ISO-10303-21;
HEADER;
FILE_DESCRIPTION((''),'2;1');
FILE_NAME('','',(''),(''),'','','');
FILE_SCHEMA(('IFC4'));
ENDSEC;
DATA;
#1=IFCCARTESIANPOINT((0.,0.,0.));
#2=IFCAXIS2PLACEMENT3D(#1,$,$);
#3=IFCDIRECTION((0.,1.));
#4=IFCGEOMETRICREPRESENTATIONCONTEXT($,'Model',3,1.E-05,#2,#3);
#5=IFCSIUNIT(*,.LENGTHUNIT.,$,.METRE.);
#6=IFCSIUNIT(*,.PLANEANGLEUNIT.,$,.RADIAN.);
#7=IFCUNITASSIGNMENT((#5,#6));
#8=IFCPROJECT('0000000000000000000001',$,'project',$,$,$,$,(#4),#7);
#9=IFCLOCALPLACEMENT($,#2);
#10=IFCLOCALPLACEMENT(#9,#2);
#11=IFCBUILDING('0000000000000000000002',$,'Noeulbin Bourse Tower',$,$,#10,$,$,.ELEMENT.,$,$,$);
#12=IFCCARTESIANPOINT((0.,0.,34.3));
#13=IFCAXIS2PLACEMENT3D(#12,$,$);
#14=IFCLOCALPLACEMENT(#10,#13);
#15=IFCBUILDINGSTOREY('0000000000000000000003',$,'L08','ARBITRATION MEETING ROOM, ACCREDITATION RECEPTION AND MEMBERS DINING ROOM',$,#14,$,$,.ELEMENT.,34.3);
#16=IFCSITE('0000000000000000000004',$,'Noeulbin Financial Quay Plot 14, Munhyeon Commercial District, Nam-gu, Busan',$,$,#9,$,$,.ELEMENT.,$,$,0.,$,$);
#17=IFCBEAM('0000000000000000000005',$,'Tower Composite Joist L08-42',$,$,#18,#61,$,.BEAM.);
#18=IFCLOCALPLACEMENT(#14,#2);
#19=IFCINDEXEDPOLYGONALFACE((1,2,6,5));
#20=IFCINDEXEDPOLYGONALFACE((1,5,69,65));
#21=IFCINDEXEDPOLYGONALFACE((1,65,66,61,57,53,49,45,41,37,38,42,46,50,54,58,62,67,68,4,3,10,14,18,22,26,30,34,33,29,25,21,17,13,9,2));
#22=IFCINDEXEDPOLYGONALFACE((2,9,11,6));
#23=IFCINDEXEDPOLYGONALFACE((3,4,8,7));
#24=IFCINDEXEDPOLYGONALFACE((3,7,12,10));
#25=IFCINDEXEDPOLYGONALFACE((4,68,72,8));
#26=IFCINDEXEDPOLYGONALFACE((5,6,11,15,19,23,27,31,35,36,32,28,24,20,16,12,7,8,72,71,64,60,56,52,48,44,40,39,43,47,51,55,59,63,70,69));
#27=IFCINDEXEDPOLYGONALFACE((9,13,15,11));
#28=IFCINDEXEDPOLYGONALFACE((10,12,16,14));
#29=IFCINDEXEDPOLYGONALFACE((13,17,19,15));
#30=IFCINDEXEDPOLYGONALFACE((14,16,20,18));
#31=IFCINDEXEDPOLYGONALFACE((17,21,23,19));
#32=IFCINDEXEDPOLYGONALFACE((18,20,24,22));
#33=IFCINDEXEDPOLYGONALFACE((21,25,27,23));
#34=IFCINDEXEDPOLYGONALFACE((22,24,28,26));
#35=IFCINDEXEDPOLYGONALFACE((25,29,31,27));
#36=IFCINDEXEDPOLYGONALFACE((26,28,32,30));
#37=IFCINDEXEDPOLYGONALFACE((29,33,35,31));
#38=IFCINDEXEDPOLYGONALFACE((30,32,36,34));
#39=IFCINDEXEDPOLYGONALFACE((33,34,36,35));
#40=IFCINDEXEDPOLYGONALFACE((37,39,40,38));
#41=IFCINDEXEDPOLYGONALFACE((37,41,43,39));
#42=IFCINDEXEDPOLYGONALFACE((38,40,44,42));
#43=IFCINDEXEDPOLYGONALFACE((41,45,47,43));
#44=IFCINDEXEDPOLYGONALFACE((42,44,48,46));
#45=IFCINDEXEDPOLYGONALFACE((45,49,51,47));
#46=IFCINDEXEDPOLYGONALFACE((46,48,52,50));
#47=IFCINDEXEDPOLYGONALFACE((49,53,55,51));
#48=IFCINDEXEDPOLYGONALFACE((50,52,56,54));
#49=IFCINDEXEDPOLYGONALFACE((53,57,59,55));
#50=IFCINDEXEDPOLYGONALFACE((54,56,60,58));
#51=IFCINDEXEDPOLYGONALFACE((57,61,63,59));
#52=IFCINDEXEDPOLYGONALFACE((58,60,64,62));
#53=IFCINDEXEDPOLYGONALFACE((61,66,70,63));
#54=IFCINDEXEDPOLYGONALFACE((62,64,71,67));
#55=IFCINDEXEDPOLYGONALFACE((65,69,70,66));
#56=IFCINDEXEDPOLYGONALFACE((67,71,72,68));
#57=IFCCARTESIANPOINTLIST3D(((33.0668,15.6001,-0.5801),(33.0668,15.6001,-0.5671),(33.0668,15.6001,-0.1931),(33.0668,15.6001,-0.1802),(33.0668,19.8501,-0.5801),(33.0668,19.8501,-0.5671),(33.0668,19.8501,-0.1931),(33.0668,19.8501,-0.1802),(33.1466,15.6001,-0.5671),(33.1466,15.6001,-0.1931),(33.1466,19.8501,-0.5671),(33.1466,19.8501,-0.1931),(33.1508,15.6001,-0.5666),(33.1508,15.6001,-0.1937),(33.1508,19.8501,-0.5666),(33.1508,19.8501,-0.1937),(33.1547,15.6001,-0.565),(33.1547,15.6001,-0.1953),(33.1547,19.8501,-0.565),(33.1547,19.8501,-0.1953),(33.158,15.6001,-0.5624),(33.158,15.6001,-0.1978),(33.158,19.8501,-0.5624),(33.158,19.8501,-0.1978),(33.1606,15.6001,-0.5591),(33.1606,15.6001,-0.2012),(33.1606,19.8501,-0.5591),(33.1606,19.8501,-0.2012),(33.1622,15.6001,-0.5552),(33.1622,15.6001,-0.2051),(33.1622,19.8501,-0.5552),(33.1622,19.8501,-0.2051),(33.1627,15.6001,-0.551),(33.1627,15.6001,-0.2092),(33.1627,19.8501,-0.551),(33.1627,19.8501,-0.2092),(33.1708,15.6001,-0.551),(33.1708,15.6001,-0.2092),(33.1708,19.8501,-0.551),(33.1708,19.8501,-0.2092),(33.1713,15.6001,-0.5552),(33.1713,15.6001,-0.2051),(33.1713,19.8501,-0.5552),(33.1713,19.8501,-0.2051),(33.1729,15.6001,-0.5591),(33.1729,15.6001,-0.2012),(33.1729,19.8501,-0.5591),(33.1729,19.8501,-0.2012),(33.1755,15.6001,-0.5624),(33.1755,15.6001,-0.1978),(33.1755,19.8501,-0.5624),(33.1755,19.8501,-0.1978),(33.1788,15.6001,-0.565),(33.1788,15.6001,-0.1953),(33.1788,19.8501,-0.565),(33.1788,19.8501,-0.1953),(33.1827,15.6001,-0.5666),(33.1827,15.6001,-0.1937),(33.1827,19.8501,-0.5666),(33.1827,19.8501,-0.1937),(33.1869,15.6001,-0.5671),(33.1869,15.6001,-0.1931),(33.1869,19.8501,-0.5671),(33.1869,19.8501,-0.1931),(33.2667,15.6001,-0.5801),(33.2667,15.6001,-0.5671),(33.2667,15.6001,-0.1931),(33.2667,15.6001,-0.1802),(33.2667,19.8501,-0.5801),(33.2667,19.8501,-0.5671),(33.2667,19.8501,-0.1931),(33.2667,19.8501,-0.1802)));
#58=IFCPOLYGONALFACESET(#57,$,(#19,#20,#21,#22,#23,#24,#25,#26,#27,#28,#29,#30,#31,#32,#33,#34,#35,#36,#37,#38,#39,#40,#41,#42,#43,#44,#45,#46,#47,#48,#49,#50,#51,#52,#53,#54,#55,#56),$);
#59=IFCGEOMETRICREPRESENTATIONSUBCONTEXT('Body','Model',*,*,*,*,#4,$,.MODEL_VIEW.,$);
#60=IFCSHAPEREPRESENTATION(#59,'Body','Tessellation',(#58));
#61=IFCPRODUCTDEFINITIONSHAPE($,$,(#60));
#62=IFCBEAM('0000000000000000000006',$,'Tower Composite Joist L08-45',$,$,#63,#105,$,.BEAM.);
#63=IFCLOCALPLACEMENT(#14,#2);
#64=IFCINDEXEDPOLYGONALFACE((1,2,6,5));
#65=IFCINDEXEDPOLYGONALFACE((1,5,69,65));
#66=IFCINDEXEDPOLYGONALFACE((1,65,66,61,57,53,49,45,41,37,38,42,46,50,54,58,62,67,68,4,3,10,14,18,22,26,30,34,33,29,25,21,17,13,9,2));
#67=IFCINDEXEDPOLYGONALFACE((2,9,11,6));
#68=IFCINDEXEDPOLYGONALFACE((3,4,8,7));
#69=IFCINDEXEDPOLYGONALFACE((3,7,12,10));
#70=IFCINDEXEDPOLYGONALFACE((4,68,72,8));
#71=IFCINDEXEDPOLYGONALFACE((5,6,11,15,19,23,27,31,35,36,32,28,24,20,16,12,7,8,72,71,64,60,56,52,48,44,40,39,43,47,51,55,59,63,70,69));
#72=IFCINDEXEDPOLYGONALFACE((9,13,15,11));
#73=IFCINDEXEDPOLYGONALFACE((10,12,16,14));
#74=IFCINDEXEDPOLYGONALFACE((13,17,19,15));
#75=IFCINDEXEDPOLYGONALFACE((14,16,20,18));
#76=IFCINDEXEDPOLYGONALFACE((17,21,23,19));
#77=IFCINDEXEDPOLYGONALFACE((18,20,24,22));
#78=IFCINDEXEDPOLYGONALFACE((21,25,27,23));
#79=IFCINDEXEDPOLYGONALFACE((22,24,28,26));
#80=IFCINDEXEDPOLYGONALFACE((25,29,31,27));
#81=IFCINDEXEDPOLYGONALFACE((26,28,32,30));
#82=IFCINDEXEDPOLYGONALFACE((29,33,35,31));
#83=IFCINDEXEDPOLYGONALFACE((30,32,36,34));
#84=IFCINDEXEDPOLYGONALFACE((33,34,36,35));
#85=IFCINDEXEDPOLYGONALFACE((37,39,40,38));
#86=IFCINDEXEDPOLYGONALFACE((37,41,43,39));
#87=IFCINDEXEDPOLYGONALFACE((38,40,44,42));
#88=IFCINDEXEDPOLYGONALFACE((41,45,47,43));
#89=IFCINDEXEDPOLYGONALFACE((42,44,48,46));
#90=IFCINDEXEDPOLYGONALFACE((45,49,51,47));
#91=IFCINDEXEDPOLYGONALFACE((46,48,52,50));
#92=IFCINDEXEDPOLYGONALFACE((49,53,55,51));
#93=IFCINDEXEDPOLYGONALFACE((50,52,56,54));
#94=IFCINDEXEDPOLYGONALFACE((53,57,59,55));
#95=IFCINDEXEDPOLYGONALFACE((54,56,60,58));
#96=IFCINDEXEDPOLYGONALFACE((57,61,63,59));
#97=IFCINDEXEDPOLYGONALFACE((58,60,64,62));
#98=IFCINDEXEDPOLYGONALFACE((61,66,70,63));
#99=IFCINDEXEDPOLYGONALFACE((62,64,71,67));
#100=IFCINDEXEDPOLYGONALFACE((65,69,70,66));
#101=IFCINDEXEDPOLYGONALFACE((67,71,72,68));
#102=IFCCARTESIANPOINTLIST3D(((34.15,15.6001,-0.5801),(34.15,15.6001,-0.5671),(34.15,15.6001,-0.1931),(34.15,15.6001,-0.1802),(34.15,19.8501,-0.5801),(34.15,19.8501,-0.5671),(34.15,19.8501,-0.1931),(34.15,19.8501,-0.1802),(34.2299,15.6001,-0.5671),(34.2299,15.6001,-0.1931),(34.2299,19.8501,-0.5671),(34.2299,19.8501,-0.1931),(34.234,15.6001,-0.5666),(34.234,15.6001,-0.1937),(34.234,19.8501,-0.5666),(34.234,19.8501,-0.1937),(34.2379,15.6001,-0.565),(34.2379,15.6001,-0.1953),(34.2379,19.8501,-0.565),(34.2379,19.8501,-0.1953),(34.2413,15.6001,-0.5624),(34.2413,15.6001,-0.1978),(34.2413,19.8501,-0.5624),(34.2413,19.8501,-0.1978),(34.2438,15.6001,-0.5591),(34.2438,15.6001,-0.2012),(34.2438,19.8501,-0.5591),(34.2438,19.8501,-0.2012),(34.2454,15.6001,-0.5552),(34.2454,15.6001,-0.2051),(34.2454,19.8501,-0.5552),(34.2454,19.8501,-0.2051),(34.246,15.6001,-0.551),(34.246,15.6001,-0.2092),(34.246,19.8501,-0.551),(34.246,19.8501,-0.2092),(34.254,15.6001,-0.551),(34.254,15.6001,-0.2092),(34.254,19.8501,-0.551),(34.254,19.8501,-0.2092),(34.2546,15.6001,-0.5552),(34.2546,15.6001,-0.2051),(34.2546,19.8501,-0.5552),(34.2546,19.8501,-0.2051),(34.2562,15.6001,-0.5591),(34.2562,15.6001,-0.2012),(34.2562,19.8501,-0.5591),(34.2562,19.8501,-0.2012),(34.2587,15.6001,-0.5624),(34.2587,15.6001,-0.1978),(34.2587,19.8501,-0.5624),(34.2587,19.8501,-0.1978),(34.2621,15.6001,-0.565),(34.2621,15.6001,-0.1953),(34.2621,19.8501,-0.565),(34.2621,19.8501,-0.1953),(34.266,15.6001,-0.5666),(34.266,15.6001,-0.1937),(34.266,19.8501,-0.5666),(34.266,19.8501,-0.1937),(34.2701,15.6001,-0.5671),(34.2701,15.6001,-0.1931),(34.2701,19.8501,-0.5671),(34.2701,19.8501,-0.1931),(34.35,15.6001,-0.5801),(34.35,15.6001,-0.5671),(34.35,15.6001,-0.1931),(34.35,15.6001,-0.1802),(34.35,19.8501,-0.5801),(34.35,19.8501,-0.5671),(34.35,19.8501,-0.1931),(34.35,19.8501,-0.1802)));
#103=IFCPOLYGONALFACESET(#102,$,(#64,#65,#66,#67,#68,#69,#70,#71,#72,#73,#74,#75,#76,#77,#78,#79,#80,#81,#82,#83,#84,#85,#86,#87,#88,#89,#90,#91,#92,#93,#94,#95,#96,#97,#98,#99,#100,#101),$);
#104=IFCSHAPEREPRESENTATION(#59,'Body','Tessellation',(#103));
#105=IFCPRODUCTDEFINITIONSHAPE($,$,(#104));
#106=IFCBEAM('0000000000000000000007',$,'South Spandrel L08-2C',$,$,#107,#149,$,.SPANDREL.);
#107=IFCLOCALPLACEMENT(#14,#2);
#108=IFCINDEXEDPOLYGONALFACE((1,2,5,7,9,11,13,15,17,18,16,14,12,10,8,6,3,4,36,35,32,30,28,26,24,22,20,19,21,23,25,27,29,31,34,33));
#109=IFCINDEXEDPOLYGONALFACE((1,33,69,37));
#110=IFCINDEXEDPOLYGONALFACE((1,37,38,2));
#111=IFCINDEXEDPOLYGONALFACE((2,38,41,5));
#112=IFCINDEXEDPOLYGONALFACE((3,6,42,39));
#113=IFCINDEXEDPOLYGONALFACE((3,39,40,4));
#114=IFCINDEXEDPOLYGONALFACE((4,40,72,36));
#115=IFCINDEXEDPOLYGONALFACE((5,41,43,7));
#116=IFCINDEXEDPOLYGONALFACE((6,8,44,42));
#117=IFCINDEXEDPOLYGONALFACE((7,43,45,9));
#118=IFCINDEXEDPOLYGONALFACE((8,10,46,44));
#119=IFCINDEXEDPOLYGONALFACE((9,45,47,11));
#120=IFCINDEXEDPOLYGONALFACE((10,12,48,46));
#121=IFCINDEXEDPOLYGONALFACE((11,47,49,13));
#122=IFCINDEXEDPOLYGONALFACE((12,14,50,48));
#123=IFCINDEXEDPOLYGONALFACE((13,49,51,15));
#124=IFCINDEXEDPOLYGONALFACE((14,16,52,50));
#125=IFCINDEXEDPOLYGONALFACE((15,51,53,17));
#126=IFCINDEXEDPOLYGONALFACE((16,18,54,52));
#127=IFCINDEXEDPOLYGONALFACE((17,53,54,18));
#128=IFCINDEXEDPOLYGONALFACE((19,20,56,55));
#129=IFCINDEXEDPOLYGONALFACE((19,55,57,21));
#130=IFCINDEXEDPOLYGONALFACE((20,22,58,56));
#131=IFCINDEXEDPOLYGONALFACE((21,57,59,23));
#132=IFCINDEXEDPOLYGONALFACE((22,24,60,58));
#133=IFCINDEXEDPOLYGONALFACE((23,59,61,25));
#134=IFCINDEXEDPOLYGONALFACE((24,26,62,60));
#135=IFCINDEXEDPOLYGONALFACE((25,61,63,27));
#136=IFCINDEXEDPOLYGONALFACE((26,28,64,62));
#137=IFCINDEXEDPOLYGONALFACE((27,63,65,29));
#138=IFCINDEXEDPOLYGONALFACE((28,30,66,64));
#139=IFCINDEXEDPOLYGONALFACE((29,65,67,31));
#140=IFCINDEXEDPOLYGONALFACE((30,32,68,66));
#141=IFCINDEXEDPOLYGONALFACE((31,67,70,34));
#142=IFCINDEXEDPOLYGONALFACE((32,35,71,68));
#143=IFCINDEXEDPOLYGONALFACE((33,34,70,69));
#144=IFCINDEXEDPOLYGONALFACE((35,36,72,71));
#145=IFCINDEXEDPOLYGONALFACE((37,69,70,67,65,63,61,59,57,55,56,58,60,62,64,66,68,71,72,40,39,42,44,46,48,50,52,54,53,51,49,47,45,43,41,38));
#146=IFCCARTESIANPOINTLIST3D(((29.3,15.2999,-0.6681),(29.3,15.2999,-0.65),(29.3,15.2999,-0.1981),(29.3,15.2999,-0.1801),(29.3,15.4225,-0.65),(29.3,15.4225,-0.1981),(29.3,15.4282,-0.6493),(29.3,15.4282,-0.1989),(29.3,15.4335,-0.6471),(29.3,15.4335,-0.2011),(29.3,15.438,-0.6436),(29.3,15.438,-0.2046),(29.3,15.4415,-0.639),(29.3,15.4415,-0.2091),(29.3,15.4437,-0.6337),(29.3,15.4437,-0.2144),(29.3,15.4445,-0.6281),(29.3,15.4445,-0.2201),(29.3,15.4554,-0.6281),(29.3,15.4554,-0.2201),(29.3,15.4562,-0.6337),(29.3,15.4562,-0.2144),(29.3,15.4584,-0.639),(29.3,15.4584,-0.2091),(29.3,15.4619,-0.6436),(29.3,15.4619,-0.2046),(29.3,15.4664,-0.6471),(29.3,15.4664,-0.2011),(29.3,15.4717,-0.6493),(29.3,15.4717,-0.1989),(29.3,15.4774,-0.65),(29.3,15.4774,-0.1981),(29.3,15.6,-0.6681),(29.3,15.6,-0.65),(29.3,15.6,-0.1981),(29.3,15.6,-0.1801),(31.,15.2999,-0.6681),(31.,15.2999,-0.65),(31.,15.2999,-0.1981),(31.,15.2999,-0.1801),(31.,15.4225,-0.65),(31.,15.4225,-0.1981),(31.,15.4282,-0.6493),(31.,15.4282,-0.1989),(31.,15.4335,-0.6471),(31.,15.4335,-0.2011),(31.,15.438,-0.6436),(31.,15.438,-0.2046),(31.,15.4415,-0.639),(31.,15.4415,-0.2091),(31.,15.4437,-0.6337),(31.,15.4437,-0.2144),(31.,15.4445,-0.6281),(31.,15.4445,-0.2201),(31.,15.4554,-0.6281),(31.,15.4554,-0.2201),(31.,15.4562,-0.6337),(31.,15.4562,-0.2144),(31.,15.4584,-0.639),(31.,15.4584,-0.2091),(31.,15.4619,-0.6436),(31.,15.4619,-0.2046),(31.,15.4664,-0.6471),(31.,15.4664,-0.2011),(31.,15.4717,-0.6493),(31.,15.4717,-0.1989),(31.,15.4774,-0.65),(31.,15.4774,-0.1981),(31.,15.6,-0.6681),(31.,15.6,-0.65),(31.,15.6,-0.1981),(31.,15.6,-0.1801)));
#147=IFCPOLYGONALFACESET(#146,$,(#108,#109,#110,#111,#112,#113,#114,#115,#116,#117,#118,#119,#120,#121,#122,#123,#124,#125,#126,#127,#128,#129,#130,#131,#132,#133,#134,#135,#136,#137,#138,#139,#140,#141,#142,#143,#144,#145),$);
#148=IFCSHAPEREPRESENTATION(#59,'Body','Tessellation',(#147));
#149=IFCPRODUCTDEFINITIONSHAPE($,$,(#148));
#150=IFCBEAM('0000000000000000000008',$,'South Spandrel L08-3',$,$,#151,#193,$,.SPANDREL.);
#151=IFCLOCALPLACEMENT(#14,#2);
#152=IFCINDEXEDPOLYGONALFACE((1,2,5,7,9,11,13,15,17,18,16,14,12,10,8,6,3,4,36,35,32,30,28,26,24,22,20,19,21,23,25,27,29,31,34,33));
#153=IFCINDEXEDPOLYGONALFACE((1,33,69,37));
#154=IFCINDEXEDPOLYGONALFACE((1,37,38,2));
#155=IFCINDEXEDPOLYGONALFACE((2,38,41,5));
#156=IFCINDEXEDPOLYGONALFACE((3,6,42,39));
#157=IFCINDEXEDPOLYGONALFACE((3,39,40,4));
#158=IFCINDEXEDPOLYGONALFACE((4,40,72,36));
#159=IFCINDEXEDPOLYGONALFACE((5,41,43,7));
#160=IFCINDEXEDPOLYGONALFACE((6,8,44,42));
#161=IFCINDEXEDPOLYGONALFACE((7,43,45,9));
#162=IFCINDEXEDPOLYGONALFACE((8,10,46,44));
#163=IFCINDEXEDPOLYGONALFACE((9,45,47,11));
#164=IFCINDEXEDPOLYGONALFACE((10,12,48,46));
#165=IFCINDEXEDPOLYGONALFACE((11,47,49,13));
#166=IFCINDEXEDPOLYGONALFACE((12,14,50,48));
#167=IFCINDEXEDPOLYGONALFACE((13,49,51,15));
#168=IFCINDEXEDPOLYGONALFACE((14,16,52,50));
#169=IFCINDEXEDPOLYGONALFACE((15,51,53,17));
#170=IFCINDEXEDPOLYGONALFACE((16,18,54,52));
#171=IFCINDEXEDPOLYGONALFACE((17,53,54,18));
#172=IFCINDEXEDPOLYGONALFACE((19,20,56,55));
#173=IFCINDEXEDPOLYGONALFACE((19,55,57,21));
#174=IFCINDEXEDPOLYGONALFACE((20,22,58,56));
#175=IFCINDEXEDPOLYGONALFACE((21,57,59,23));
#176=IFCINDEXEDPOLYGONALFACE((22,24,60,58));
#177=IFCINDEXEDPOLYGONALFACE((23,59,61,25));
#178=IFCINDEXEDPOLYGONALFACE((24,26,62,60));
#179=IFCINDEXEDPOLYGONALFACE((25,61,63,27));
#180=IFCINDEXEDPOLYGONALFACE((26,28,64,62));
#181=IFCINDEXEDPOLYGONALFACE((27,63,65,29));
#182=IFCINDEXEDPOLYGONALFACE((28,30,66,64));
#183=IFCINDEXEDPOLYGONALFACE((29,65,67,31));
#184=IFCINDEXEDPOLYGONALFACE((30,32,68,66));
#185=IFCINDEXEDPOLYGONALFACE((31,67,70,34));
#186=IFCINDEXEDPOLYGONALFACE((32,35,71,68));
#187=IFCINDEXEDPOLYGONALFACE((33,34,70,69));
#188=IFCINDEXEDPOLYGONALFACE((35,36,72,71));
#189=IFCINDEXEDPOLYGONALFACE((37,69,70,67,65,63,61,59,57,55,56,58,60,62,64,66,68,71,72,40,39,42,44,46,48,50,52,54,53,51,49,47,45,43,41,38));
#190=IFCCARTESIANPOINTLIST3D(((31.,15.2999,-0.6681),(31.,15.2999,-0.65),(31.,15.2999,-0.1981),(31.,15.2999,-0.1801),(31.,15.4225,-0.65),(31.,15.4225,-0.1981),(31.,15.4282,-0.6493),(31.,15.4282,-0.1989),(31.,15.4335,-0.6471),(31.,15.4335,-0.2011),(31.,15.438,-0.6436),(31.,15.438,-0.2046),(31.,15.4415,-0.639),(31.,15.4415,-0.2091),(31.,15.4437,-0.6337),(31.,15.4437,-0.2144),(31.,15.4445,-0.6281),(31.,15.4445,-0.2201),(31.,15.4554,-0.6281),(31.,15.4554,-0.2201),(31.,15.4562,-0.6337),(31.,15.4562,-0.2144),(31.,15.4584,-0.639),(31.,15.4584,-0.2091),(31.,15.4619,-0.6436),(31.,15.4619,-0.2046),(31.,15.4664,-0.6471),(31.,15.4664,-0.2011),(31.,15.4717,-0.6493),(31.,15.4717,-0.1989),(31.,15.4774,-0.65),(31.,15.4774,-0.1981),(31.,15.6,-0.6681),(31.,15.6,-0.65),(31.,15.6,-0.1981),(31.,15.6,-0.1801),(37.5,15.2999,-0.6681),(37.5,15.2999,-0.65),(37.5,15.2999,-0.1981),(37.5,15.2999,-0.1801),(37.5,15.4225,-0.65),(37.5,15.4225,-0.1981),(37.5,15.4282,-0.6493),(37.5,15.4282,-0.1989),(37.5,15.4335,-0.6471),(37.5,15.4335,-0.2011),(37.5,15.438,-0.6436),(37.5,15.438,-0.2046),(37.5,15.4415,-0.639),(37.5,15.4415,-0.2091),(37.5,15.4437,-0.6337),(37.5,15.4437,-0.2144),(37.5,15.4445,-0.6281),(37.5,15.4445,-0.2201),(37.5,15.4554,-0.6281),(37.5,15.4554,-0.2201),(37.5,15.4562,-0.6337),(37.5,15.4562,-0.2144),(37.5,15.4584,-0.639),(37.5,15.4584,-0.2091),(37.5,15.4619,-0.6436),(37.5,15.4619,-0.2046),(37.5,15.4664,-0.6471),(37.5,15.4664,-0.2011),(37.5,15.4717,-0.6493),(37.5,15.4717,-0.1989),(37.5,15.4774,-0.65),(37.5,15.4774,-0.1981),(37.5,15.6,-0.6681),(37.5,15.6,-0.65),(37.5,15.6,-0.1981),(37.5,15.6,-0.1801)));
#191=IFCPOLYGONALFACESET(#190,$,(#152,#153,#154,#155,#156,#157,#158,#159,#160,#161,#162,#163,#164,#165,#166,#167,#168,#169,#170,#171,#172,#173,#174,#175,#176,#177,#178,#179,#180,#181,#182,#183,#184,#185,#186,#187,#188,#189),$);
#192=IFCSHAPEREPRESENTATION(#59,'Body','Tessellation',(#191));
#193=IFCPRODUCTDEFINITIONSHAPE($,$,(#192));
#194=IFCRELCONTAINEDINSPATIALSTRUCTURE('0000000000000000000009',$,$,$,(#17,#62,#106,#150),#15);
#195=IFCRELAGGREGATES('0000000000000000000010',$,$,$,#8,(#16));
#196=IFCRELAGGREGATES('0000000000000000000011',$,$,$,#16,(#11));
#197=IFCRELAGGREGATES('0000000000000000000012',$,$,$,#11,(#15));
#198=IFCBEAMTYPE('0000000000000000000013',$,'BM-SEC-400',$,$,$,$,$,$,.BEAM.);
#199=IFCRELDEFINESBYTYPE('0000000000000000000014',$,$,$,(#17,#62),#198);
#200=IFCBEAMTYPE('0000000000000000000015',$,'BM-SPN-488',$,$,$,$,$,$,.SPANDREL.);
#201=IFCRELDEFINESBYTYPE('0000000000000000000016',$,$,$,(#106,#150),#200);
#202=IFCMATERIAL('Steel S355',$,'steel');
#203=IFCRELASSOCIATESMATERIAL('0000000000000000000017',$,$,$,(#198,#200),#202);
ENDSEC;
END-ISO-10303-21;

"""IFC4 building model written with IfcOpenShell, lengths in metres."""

from ifc_helpers import new_model, si_unit, direction, frame, origin, origin_2d, place, context, subcontext, project, spatial, i_section, extrude, material, material_profile, profile_set, type_object, element, save


model = new_model("IFC4")

# Units and contexts
model_context = context("Model", 3, precision=1e-05, world=origin(), true_north=direction((0.0, 1.0)))
body_context = subcontext(model_context, "Body", "Model", "MODEL_VIEW")
ifc_project = project(units=[si_unit("LENGTHUNIT", "METRE"), si_unit("PLANEANGLEUNIT", "RADIAN")], contexts=[model_context])

# Site, building, storey
site_placement = place(None, origin())
site = spatial("IfcSite", under=ifc_project, at=site_placement, Name="Noeulbin Financial Quay Plot 14, Munhyeon Commercial District, Nam-gu, Busan", CompositionType="ELEMENT", RefElevation=0.0)
building_placement = place(site_placement, origin())
building = spatial("IfcBuilding", under=site, at=building_placement, Name="Noeulbin Bourse Tower", CompositionType="ELEMENT")
storey_placement = place(building_placement, frame((0.0, 0.0, 34.3)))
storey = spatial("IfcBuildingStorey", under=building, at=storey_placement, Name="L08", Description="ARBITRATION MEETING ROOM, ACCREDITATION RECEPTION AND MEMBERS DINING ROOM", CompositionType="ELEMENT", Elevation=34.3)

# Beams
ifc_material_1 = material(Name="Steel S355", Category="steel")
ifc_material_profile_1 = material_profile(ifc_material_1, i_section(OverallWidth=0.2, OverallDepth=0.3999, WebThickness=0.0081, FlangeThickness=0.0129, FilletRadius=0.0161, at=origin_2d()), Name="H-400x200x8x13", Category="LoadBearing")
ifc_profile_set_1 = profile_set([ifc_material_profile_1], Name="Steel S355")
beam_type_1 = type_object("IfcBeamType", Name="BM-SEC-400", PredefinedType="BEAM", material=ifc_profile_set_1)
for number, where, z_axis, x_axis, name in (
    (1, (33.1667, 15.6001, -0.3801), (0.0, 1.0, 0.0), (-1.0, 0.0, 0.0), "Tower Composite Joist L08-42"),
    (2, (34.25, 15.6001, -0.3801), (0.0, 1.0, 0.0), (-1.0, 0.0, 0.0), "Tower Composite Joist L08-45"),
):
    element("IfcBeam", number, at=place(storey_placement, frame(where, z_axis=z_axis, x_axis=x_axis)), inside=storey, type_object=beam_type_1, Name=name, PredefinedType="BEAM", context=body_context, shape_type="SweptSolid", body=[
        extrude(i_section(OverallWidth=0.2, OverallDepth=0.3999, WebThickness=0.0081, FlangeThickness=0.0129, FilletRadius=0.0161, at=origin_2d()), origin(), (0.0, 0.0, 1.0), 4.25),
    ])
ifc_material_profile_2 = material_profile(ifc_material_1, i_section(OverallWidth=0.3, OverallDepth=0.488, WebThickness=0.011, FlangeThickness=0.0181, FilletRadius=0.022, at=origin_2d()), Name="H-488x300x11x18", Category="LoadBearing")
ifc_profile_set_2 = profile_set([ifc_material_profile_2], Name="Steel S355")
beam_type_2 = type_object("IfcBeamType", Name="BM-SPN-488", PredefinedType="SPANDREL", material=ifc_profile_set_2)
beam_1_placement = place(storey_placement, frame((29.3, 15.45, -0.4241), z_axis=(1.0, 0.0, 0.0), x_axis=(0.0, 1.0, 0.0)))
element("IfcBeam", 3, at=beam_1_placement, inside=storey, type_object=beam_type_2, Name="South Spandrel L08-2C", PredefinedType="SPANDREL", context=body_context, shape_type="SweptSolid", body=[
    extrude(i_section(OverallWidth=0.3, OverallDepth=0.488, WebThickness=0.011, FlangeThickness=0.0181, FilletRadius=0.022, at=origin_2d()), origin(), (0.0, 0.0, 1.0), 1.7),
])
for number, where, z_axis, x_axis, name in (
    (4, (31.0, 15.45, -0.4241), (1.0, 0.0, 0.0), (0.0, 1.0, 0.0), "South Spandrel L08-3"),
):
    element("IfcBeam", number, at=place(storey_placement, frame(where, z_axis=z_axis, x_axis=x_axis)), inside=storey, type_object=beam_type_2, Name=name, PredefinedType="SPANDREL", context=body_context, shape_type="SweptSolid", body=[
        extrude(i_section(OverallWidth=0.3, OverallDepth=0.488, WebThickness=0.011, FlangeThickness=0.0181, FilletRadius=0.022, at=origin_2d()), origin(), (0.0, 0.0, 1.0), 6.5),
    ])

save(model, "model.ifc")
